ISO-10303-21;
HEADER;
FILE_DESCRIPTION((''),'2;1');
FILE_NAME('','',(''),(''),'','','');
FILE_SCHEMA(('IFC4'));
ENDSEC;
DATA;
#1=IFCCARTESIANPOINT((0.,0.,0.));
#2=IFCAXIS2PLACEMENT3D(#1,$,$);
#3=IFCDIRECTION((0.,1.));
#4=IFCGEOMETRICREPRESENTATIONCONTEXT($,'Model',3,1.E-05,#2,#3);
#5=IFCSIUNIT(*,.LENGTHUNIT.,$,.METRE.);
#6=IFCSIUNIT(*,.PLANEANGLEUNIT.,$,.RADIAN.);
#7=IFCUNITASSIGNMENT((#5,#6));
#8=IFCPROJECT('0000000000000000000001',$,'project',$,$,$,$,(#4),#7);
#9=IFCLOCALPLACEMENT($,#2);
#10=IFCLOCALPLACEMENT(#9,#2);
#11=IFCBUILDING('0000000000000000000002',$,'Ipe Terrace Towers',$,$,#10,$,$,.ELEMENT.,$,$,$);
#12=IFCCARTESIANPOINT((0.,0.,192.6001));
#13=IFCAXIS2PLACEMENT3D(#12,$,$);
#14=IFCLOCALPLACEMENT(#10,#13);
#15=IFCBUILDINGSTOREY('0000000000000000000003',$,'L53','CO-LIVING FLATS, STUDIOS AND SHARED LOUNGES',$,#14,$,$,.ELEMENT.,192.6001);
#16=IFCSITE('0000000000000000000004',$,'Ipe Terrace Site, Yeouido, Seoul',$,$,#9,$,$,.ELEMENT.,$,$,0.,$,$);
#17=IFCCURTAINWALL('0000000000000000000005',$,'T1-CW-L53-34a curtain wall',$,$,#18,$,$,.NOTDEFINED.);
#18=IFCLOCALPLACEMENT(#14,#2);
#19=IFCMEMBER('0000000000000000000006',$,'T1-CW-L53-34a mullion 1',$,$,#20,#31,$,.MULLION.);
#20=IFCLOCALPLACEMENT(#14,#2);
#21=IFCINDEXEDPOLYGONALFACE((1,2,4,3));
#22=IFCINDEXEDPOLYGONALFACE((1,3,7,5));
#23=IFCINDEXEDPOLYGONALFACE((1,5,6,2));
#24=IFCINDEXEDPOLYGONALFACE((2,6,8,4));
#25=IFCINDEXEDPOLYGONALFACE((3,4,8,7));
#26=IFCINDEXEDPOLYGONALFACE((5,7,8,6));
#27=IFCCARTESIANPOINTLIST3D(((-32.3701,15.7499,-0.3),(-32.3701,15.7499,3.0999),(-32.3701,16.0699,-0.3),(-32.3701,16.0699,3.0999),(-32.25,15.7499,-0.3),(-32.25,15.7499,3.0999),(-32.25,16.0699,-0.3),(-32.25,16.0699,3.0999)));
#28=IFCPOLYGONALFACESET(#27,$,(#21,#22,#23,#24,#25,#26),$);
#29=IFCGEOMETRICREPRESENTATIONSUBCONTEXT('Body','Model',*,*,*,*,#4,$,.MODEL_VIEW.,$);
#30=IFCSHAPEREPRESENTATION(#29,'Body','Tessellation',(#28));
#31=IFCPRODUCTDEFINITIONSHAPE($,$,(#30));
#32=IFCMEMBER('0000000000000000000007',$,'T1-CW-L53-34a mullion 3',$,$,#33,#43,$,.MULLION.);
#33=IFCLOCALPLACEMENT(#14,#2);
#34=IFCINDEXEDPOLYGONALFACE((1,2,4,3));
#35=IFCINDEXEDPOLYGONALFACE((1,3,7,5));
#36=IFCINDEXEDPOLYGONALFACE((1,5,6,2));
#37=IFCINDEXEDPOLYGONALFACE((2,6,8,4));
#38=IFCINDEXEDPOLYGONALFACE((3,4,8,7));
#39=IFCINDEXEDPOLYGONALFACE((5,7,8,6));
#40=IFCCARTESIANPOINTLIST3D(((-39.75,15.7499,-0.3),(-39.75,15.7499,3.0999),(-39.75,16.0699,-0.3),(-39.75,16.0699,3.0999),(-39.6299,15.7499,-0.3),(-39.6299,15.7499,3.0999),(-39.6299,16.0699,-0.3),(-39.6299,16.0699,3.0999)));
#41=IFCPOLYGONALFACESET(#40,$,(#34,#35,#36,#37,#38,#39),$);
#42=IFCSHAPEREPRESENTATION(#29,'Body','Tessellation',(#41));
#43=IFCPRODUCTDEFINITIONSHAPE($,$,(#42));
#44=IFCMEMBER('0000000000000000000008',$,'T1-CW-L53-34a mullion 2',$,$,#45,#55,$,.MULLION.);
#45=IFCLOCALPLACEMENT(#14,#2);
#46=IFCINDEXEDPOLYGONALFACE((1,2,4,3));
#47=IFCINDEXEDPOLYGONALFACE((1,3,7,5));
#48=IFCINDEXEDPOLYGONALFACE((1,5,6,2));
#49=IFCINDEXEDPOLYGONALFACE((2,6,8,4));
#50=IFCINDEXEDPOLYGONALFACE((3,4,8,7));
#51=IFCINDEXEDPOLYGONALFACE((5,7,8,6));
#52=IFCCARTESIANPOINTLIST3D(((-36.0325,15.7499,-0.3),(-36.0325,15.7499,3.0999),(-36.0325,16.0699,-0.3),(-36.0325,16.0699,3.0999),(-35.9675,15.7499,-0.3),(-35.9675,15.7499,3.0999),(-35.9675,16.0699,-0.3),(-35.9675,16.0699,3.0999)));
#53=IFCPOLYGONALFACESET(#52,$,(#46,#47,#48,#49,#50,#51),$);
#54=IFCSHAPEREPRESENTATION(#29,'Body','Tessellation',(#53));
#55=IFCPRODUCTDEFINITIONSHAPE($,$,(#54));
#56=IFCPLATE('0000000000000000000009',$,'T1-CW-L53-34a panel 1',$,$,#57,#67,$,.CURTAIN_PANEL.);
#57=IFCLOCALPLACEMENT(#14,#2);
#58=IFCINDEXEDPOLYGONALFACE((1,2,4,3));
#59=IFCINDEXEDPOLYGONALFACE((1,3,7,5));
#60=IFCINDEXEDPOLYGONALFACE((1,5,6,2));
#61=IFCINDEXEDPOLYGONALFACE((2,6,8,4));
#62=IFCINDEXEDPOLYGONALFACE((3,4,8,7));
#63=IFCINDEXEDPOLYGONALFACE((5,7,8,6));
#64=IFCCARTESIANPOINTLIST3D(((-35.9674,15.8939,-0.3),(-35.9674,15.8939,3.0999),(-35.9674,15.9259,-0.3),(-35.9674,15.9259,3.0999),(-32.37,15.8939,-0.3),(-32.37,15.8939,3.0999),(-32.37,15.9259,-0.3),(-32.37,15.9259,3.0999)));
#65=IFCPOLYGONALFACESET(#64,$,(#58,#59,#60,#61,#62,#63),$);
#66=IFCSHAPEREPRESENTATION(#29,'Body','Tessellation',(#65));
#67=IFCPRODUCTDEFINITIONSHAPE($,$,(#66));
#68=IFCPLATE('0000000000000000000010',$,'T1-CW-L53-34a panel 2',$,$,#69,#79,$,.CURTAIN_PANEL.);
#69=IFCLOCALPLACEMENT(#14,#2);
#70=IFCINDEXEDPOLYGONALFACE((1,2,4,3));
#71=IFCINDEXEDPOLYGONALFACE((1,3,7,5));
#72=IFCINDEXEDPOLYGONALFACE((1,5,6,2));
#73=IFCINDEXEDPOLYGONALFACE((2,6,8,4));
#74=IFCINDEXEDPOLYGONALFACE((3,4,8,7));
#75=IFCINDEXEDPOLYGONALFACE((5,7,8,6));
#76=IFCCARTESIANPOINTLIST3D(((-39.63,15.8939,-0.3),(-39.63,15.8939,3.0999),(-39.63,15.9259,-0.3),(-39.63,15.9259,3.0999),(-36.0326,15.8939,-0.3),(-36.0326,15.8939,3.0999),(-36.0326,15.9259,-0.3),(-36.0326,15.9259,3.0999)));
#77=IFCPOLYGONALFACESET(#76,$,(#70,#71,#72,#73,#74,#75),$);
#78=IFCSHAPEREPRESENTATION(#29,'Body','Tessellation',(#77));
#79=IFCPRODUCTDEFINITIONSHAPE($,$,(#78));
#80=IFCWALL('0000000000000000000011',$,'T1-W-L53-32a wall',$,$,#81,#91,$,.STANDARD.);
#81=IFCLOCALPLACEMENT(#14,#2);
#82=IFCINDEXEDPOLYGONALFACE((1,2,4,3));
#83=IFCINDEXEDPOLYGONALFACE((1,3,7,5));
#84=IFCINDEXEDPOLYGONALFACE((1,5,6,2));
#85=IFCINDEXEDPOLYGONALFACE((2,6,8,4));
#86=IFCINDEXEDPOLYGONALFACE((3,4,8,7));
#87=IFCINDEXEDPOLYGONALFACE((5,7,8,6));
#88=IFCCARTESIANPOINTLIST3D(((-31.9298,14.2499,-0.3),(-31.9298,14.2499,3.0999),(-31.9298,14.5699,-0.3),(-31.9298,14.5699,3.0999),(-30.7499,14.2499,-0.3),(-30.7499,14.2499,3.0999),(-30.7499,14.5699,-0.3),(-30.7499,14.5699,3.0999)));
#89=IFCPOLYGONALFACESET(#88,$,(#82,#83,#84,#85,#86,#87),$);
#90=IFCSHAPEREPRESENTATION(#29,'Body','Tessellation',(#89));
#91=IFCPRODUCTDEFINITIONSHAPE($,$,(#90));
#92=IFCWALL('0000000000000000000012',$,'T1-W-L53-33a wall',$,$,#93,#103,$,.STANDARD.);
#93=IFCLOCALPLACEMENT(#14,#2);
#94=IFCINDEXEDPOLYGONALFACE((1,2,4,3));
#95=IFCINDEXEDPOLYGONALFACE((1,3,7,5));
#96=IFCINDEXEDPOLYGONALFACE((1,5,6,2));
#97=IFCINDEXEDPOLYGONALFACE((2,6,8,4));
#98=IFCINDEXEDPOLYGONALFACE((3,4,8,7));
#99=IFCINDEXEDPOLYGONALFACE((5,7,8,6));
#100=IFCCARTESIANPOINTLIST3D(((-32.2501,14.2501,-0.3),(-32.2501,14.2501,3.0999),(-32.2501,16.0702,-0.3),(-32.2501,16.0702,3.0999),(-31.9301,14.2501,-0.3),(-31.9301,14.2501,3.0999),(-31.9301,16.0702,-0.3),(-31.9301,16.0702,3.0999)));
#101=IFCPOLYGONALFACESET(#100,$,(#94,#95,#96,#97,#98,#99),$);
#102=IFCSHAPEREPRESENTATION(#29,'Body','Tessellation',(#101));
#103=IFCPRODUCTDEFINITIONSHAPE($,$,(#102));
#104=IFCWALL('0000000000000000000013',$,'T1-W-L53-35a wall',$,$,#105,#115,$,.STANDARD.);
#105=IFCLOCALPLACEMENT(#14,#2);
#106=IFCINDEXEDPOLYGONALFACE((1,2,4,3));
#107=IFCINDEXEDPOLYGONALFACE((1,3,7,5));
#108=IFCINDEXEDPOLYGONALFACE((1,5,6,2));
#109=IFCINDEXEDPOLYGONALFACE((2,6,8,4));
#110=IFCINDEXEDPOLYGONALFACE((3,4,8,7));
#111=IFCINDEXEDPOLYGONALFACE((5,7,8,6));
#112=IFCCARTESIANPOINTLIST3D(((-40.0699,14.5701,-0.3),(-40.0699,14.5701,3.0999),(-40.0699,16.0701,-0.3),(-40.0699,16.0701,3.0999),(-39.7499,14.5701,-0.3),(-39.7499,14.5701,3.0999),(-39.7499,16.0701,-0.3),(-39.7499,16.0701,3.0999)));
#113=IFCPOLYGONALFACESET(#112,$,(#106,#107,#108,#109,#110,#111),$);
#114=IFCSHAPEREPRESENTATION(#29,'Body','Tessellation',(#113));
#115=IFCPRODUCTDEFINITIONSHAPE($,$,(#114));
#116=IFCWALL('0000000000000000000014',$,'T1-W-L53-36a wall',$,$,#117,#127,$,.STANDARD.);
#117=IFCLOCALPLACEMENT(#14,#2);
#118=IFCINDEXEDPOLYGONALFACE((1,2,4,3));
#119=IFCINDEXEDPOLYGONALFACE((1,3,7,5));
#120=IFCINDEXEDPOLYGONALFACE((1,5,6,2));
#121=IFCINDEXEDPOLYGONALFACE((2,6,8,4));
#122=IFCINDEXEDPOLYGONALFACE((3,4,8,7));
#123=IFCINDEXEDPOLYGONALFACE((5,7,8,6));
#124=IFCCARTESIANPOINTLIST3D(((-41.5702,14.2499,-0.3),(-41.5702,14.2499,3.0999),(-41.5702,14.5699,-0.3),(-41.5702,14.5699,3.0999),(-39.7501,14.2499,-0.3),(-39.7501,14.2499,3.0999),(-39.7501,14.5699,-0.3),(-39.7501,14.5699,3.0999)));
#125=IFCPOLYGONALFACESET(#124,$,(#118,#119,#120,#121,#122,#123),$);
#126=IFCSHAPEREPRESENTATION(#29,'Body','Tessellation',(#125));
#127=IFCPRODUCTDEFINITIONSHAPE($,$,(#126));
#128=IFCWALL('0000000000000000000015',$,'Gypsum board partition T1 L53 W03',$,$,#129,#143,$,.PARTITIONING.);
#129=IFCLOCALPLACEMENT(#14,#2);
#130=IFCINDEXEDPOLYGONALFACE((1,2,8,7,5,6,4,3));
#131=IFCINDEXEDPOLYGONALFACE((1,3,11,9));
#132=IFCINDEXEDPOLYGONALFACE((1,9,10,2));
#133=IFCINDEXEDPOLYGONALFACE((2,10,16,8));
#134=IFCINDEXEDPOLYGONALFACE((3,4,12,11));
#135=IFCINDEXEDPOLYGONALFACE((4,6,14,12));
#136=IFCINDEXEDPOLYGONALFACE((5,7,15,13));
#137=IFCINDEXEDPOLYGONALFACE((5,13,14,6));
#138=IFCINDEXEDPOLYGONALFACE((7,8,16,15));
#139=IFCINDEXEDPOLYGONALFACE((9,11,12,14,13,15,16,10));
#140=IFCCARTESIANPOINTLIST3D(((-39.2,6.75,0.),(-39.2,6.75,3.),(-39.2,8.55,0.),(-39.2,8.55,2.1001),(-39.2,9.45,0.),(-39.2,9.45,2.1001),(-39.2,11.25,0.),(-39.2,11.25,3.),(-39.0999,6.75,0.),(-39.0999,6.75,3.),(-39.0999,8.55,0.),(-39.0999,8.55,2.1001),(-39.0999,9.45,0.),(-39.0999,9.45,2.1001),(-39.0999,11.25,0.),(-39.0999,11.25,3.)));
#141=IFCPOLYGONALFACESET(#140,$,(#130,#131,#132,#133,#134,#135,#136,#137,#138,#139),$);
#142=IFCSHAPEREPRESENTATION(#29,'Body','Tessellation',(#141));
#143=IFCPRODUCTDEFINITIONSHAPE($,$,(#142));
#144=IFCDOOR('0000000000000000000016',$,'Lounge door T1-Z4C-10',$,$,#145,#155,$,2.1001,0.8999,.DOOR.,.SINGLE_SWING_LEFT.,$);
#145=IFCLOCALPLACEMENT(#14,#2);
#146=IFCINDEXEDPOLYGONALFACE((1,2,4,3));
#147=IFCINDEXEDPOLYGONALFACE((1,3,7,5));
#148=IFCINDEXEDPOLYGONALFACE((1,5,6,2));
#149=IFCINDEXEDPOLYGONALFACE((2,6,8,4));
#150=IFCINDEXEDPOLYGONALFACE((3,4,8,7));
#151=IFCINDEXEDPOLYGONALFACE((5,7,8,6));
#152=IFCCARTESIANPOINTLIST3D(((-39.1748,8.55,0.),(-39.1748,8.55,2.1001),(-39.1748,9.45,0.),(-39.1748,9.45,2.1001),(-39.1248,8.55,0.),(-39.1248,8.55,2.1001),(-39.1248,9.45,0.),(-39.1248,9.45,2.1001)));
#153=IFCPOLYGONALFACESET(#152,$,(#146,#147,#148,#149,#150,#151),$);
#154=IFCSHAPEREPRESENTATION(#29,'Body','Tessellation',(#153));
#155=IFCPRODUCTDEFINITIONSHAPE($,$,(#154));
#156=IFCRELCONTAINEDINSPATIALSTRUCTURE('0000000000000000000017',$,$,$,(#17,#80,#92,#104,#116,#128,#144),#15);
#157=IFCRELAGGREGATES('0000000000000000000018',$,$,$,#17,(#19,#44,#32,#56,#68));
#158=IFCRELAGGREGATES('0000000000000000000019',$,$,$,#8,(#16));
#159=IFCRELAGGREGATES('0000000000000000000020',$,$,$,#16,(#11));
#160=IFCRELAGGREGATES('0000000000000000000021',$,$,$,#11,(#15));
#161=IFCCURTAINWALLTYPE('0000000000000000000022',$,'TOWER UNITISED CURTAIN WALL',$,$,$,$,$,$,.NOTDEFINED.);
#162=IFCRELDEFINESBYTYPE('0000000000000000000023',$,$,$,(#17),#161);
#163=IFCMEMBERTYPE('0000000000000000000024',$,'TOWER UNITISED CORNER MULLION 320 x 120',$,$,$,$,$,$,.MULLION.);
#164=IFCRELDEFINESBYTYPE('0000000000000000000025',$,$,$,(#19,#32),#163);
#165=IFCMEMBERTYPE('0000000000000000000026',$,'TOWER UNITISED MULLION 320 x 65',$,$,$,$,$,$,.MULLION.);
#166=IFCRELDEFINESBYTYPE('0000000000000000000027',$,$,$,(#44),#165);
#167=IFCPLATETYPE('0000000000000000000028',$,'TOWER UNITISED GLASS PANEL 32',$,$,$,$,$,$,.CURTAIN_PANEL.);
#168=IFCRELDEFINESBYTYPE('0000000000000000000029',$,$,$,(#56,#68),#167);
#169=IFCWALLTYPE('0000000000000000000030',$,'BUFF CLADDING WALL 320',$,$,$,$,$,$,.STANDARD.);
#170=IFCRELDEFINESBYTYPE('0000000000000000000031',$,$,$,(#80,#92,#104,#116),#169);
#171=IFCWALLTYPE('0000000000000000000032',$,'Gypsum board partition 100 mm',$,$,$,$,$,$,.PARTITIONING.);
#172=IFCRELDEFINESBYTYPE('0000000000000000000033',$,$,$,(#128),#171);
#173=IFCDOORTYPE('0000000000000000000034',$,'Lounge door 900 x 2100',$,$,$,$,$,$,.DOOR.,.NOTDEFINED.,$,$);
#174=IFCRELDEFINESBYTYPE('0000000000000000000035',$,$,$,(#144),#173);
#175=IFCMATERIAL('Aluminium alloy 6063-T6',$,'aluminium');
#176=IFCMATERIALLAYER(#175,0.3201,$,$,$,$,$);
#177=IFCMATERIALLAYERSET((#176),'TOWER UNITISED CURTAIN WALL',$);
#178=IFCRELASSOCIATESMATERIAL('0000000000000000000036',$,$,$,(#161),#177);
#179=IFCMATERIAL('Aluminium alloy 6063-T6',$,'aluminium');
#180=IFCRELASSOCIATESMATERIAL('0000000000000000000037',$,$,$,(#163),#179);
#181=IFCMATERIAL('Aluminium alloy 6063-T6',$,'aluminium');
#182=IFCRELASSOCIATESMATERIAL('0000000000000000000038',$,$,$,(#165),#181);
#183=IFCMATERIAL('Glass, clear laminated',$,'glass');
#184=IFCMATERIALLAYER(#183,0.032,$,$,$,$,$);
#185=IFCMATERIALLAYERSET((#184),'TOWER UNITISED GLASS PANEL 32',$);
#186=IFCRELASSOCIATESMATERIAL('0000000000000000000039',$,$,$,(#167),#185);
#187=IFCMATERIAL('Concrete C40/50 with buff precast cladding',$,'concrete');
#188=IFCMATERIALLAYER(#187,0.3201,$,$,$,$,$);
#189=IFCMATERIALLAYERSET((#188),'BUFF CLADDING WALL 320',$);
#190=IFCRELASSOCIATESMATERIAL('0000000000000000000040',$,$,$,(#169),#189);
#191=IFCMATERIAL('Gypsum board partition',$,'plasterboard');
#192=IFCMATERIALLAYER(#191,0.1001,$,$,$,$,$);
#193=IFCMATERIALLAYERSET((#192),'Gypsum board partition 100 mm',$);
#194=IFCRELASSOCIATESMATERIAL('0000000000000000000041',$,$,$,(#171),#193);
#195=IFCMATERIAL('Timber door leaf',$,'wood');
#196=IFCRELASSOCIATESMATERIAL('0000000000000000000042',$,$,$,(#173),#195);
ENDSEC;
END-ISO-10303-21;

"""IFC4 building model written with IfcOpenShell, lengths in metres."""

from ifc_helpers import new_model, si_unit, direction, frame, frame_2d, origin, origin_2d, place, context, subcontext, project, spatial, rectangle, extrude, material, layer, layer_set, material_profile, profile_set, type_object, element, fill, aggregate, save


model = new_model("IFC4")

# Units and contexts
model_context = context("Model", 3, precision=1e-05, world=origin(), true_north=direction((0.0, 1.0)))
body_context = subcontext(model_context, "Body", "Model", "MODEL_VIEW")
ifc_project = project(units=[si_unit("LENGTHUNIT", "METRE"), si_unit("PLANEANGLEUNIT", "RADIAN")], contexts=[model_context])

# Site, building, storey
site_placement = place(None, origin())
site = spatial("IfcSite", under=ifc_project, at=site_placement, Name="Ipe Terrace Site, Yeouido, Seoul", CompositionType="ELEMENT", RefElevation=0.0)
building_placement = place(site_placement, origin())
building = spatial("IfcBuilding", under=site, at=building_placement, Name="Ipe Terrace Towers", CompositionType="ELEMENT")
storey_placement = place(building_placement, frame((0.0, 0.0, 192.6001)))
storey = spatial("IfcBuildingStorey", under=building, at=storey_placement, Name="L53", Description="CO-LIVING FLATS, STUDIOS AND SHARED LOUNGES", CompositionType="ELEMENT", Elevation=192.6001)

# Curtain wall, members, plates
ifc_material_1 = material(Name="Aluminium alloy 6063-T6", Category="aluminium")
ifc_layer_1 = layer(ifc_material_1, 0.3201)
ifc_layer_set_1 = layer_set([ifc_layer_1], Name="TOWER UNITISED CURTAIN WALL")
curtain_wall_type = type_object("IfcCurtainWallType", Name="TOWER UNITISED CURTAIN WALL", PredefinedType="NOTDEFINED", material=ifc_layer_set_1)
curtain_wall_placement = place(storey_placement, origin())
curtain_wall = element("IfcCurtainWall", 1, at=curtain_wall_placement, inside=storey, type_object=curtain_wall_type, Name="T1-CW-L53-34a curtain wall", PredefinedType="NOTDEFINED")
ifc_material_2 = material(Name="Aluminium alloy 6063-T6", Category="aluminium")
ifc_material_profile_1 = material_profile(ifc_material_2, rectangle(XDim=0.3201, YDim=0.1201, at=origin_2d()), Name="TOWER UNITISED CORNER MULLION 320 x 120")
ifc_profile_set_1 = profile_set([ifc_material_profile_1], Name="Aluminium alloy 6063-T6")
member_type_1 = type_object("IfcMemberType", Name="TOWER UNITISED CORNER MULLION 320 x 120", PredefinedType="MULLION", material=ifc_profile_set_1)
member_1_placement = place(storey_placement, frame((-32.3101, 15.9099, -0.3), z_axis=(0.0, 0.0, 1.0), x_axis=(0.0, 1.0, 0.0)))
member_1 = element("IfcMember", 2, at=member_1_placement, type_object=member_type_1, Name="T1-CW-L53-34a mullion 1", PredefinedType="MULLION", context=body_context, shape_type="SweptSolid", body=[
    extrude(rectangle(XDim=0.3201, YDim=0.1201, at=origin_2d()), origin(), (0.0, 0.0, 1.0), 3.3999),
])
member_2_placement = place(storey_placement, frame((-39.6899, 15.9099, -0.3), z_axis=(0.0, 0.0, 1.0), x_axis=(0.0, 1.0, 0.0)))
member_2 = element("IfcMember", 3, at=member_2_placement, type_object=member_type_1, Name="T1-CW-L53-34a mullion 3", PredefinedType="MULLION", context=body_context, shape_type="SweptSolid", body=[
    extrude(rectangle(XDim=0.3201, YDim=0.1201, at=origin_2d()), origin(), (0.0, 0.0, 1.0), 3.3999),
])
ifc_material_3 = material(Name="Aluminium alloy 6063-T6", Category="aluminium")
ifc_material_profile_2 = material_profile(ifc_material_3, rectangle(XDim=0.3201, YDim=0.0649, at=origin_2d()), Name="TOWER UNITISED MULLION 320 x 65")
ifc_profile_set_2 = profile_set([ifc_material_profile_2], Name="Aluminium alloy 6063-T6")
member_type_2 = type_object("IfcMemberType", Name="TOWER UNITISED MULLION 320 x 65", PredefinedType="MULLION", material=ifc_profile_set_2)
member_3_placement = place(storey_placement, frame((-36.0, 15.9099, -0.3), z_axis=(0.0, 0.0, 1.0), x_axis=(0.0, 1.0, 0.0)))
member_3 = element("IfcMember", 4, at=member_3_placement, type_object=member_type_2, Name="T1-CW-L53-34a mullion 2", PredefinedType="MULLION", context=body_context, shape_type="SweptSolid", body=[
    extrude(rectangle(XDim=0.3201, YDim=0.0649, at=origin_2d()), origin(), (0.0, 0.0, 1.0), 3.3999),
])
ifc_material_4 = material(Name="Glass, clear laminated", Category="glass")
ifc_layer_2 = layer(ifc_material_4, 0.032)
ifc_layer_set_2 = layer_set([ifc_layer_2], Name="TOWER UNITISED GLASS PANEL 32")
plate_type = type_object("IfcPlateType", Name="TOWER UNITISED GLASS PANEL 32", PredefinedType="CURTAIN_PANEL", material=ifc_layer_set_2)
plate_1_placement = place(storey_placement, frame((-34.1687, 15.9099, -0.3), z_axis=(0.0, 0.0, 1.0), x_axis=(-1.0, 0.0, 0.0)))
plate_1 = element("IfcPlate", 5, at=plate_1_placement, type_object=plate_type, Name="T1-CW-L53-34a panel 1", PredefinedType="CURTAIN_PANEL", context=body_context, shape_type="SweptSolid", body=[
    extrude(rectangle(XDim=3.5974, YDim=0.032, at=origin_2d()), origin(), (0.0, 0.0, 1.0), 3.3999),
])
plate_2_placement = place(storey_placement, frame((-37.8313, 15.9099, -0.3), z_axis=(0.0, 0.0, 1.0), x_axis=(-1.0, 0.0, 0.0)))
plate_2 = element("IfcPlate", 6, at=plate_2_placement, type_object=plate_type, Name="T1-CW-L53-34a panel 2", PredefinedType="CURTAIN_PANEL", context=body_context, shape_type="SweptSolid", body=[
    extrude(rectangle(XDim=3.5974, YDim=0.032, at=origin_2d()), origin(), (0.0, 0.0, 1.0), 3.3999),
])
aggregate(curtain_wall, [member_1, member_3, member_2, plate_1, plate_2])

# Walls
ifc_material_5 = material(Name="Concrete C40/50 with buff precast cladding", Category="concrete")
ifc_layer_3 = layer(ifc_material_5, 0.3201)
ifc_layer_set_3 = layer_set([ifc_layer_3], Name="BUFF CLADDING WALL 320")
wall_type_1 = type_object("IfcWallType", Name="BUFF CLADDING WALL 320", PredefinedType="STANDARD", material=ifc_layer_set_3)
wall_1_placement = place(storey_placement, frame((-30.75, 14.4099, -0.3), z_axis=(0.0, 0.0, 1.0), x_axis=(-1.0, 0.0, 0.0)))
element("IfcWall", 7, at=wall_1_placement, inside=storey, type_object=wall_type_1, Name="T1-W-L53-32a wall", PredefinedType="STANDARD", context=body_context, shape_type="SweptSolid", body=[
    extrude(rectangle(XDim=1.1799, YDim=0.3201, at=frame_2d((0.5898, 0.0))), origin(), (0.0, 0.0, 1.0), 3.3999),
])
wall_2_placement = place(storey_placement, frame((-32.0901, 14.25, -0.3), z_axis=(0.0, 0.0, 1.0), x_axis=(0.0, 1.0, 0.0)))
element("IfcWall", 8, at=wall_2_placement, inside=storey, type_object=wall_type_1, Name="T1-W-L53-33a wall", PredefinedType="STANDARD", context=body_context, shape_type="SweptSolid", body=[
    extrude(rectangle(XDim=1.8201, YDim=0.3201, at=frame_2d((0.9102, 0.0))), origin(), (0.0, 0.0, 1.0), 3.3999),
])
wall_3_placement = place(storey_placement, frame((-39.9099, 16.0701, -0.3), z_axis=(0.0, 0.0, 1.0), x_axis=(0.0, -1.0, 0.0)))
element("IfcWall", 9, at=wall_3_placement, inside=storey, type_object=wall_type_1, Name="T1-W-L53-35a wall", PredefinedType="STANDARD", context=body_context, shape_type="SweptSolid", body=[
    extrude(rectangle(XDim=1.5, YDim=0.3201, at=frame_2d((0.75, 0.0))), origin(), (0.0, 0.0, 1.0), 3.3999),
])
wall_4_placement = place(storey_placement, frame((-39.75, 14.4099, -0.3), z_axis=(0.0, 0.0, 1.0), x_axis=(-1.0, 0.0, 0.0)))
element("IfcWall", 10, at=wall_4_placement, inside=storey, type_object=wall_type_1, Name="T1-W-L53-36a wall", PredefinedType="STANDARD", context=body_context, shape_type="SweptSolid", body=[
    extrude(rectangle(XDim=1.8201, YDim=0.3201, at=frame_2d((0.9102, 0.0))), origin(), (0.0, 0.0, 1.0), 3.3999),
])

# Wall, opening, door
ifc_material_6 = material(Name="Gypsum board partition", Category="plasterboard")
ifc_layer_4 = layer(ifc_material_6, 0.1001)
ifc_layer_set_4 = layer_set([ifc_layer_4], Name="Gypsum board partition 100 mm")
wall_type_2 = type_object("IfcWallType", Name="Gypsum board partition 100 mm", PredefinedType="PARTITIONING", material=ifc_layer_set_4)
wall_5_placement = place(storey_placement, frame((-39.1499, 6.75, 0.0), z_axis=(0.0, 0.0, 1.0), x_axis=(0.0, 1.0, 0.0)))
wall_5 = element("IfcWall", 11, at=wall_5_placement, inside=storey, type_object=wall_type_2, Name="Gypsum board partition T1 L53 W03", PredefinedType="PARTITIONING", context=body_context, shape_type="SweptSolid", body=[
    extrude(rectangle(XDim=4.5, YDim=0.1001, at=frame_2d((2.25, 0.0))), origin(), (0.0, 0.0, 1.0), 3.0),
])
opening_1_placement = place(wall_5_placement, frame((1.8, 0.0, 0.0)))
opening_1 = element("IfcOpeningElement", 12, at=opening_1_placement, cuts=wall_5, PredefinedType="OPENING", context=body_context, shape_type="SweptSolid", body=[
    extrude(rectangle(XDim=0.8999, YDim=2.1001, at=frame_2d((0.45, 1.05))), frame((0.0, 0.0601, 0.0), z_axis=(0.0, -1.0, 0.0), x_axis=(1.0, 0.0, 0.0)), (0.0, 0.0, 1.0), 0.1201),
])
ifc_material_7 = material(Name="Timber door leaf", Category="wood")
door_type_1 = type_object("IfcDoorType", Name="Lounge door 900 x 2100", OperationType="NOTDEFINED", PredefinedType="DOOR", material=ifc_material_7)
door_1_placement = place(opening_1_placement, origin())
door_1 = element("IfcDoor", 13, at=door_1_placement, inside=storey, type_object=door_type_1, Name="Lounge door T1-Z4C-10", OperationType="SINGLE_SWING_LEFT", OverallHeight=2.1001, OverallWidth=0.8999, PredefinedType="DOOR", context=body_context, shape_type="SweptSolid", body=[
    extrude(rectangle(XDim=0.8999, YDim=2.1001, at=frame_2d((0.45, 1.05))), frame((0.0, 0.0249, 0.0), z_axis=(0.0, -1.0, 0.0), x_axis=(1.0, 0.0, 0.0)), (0.0, 0.0, 1.0), 0.05),
])
fill(opening_1, door_1)

save(model, "model.ifc")
